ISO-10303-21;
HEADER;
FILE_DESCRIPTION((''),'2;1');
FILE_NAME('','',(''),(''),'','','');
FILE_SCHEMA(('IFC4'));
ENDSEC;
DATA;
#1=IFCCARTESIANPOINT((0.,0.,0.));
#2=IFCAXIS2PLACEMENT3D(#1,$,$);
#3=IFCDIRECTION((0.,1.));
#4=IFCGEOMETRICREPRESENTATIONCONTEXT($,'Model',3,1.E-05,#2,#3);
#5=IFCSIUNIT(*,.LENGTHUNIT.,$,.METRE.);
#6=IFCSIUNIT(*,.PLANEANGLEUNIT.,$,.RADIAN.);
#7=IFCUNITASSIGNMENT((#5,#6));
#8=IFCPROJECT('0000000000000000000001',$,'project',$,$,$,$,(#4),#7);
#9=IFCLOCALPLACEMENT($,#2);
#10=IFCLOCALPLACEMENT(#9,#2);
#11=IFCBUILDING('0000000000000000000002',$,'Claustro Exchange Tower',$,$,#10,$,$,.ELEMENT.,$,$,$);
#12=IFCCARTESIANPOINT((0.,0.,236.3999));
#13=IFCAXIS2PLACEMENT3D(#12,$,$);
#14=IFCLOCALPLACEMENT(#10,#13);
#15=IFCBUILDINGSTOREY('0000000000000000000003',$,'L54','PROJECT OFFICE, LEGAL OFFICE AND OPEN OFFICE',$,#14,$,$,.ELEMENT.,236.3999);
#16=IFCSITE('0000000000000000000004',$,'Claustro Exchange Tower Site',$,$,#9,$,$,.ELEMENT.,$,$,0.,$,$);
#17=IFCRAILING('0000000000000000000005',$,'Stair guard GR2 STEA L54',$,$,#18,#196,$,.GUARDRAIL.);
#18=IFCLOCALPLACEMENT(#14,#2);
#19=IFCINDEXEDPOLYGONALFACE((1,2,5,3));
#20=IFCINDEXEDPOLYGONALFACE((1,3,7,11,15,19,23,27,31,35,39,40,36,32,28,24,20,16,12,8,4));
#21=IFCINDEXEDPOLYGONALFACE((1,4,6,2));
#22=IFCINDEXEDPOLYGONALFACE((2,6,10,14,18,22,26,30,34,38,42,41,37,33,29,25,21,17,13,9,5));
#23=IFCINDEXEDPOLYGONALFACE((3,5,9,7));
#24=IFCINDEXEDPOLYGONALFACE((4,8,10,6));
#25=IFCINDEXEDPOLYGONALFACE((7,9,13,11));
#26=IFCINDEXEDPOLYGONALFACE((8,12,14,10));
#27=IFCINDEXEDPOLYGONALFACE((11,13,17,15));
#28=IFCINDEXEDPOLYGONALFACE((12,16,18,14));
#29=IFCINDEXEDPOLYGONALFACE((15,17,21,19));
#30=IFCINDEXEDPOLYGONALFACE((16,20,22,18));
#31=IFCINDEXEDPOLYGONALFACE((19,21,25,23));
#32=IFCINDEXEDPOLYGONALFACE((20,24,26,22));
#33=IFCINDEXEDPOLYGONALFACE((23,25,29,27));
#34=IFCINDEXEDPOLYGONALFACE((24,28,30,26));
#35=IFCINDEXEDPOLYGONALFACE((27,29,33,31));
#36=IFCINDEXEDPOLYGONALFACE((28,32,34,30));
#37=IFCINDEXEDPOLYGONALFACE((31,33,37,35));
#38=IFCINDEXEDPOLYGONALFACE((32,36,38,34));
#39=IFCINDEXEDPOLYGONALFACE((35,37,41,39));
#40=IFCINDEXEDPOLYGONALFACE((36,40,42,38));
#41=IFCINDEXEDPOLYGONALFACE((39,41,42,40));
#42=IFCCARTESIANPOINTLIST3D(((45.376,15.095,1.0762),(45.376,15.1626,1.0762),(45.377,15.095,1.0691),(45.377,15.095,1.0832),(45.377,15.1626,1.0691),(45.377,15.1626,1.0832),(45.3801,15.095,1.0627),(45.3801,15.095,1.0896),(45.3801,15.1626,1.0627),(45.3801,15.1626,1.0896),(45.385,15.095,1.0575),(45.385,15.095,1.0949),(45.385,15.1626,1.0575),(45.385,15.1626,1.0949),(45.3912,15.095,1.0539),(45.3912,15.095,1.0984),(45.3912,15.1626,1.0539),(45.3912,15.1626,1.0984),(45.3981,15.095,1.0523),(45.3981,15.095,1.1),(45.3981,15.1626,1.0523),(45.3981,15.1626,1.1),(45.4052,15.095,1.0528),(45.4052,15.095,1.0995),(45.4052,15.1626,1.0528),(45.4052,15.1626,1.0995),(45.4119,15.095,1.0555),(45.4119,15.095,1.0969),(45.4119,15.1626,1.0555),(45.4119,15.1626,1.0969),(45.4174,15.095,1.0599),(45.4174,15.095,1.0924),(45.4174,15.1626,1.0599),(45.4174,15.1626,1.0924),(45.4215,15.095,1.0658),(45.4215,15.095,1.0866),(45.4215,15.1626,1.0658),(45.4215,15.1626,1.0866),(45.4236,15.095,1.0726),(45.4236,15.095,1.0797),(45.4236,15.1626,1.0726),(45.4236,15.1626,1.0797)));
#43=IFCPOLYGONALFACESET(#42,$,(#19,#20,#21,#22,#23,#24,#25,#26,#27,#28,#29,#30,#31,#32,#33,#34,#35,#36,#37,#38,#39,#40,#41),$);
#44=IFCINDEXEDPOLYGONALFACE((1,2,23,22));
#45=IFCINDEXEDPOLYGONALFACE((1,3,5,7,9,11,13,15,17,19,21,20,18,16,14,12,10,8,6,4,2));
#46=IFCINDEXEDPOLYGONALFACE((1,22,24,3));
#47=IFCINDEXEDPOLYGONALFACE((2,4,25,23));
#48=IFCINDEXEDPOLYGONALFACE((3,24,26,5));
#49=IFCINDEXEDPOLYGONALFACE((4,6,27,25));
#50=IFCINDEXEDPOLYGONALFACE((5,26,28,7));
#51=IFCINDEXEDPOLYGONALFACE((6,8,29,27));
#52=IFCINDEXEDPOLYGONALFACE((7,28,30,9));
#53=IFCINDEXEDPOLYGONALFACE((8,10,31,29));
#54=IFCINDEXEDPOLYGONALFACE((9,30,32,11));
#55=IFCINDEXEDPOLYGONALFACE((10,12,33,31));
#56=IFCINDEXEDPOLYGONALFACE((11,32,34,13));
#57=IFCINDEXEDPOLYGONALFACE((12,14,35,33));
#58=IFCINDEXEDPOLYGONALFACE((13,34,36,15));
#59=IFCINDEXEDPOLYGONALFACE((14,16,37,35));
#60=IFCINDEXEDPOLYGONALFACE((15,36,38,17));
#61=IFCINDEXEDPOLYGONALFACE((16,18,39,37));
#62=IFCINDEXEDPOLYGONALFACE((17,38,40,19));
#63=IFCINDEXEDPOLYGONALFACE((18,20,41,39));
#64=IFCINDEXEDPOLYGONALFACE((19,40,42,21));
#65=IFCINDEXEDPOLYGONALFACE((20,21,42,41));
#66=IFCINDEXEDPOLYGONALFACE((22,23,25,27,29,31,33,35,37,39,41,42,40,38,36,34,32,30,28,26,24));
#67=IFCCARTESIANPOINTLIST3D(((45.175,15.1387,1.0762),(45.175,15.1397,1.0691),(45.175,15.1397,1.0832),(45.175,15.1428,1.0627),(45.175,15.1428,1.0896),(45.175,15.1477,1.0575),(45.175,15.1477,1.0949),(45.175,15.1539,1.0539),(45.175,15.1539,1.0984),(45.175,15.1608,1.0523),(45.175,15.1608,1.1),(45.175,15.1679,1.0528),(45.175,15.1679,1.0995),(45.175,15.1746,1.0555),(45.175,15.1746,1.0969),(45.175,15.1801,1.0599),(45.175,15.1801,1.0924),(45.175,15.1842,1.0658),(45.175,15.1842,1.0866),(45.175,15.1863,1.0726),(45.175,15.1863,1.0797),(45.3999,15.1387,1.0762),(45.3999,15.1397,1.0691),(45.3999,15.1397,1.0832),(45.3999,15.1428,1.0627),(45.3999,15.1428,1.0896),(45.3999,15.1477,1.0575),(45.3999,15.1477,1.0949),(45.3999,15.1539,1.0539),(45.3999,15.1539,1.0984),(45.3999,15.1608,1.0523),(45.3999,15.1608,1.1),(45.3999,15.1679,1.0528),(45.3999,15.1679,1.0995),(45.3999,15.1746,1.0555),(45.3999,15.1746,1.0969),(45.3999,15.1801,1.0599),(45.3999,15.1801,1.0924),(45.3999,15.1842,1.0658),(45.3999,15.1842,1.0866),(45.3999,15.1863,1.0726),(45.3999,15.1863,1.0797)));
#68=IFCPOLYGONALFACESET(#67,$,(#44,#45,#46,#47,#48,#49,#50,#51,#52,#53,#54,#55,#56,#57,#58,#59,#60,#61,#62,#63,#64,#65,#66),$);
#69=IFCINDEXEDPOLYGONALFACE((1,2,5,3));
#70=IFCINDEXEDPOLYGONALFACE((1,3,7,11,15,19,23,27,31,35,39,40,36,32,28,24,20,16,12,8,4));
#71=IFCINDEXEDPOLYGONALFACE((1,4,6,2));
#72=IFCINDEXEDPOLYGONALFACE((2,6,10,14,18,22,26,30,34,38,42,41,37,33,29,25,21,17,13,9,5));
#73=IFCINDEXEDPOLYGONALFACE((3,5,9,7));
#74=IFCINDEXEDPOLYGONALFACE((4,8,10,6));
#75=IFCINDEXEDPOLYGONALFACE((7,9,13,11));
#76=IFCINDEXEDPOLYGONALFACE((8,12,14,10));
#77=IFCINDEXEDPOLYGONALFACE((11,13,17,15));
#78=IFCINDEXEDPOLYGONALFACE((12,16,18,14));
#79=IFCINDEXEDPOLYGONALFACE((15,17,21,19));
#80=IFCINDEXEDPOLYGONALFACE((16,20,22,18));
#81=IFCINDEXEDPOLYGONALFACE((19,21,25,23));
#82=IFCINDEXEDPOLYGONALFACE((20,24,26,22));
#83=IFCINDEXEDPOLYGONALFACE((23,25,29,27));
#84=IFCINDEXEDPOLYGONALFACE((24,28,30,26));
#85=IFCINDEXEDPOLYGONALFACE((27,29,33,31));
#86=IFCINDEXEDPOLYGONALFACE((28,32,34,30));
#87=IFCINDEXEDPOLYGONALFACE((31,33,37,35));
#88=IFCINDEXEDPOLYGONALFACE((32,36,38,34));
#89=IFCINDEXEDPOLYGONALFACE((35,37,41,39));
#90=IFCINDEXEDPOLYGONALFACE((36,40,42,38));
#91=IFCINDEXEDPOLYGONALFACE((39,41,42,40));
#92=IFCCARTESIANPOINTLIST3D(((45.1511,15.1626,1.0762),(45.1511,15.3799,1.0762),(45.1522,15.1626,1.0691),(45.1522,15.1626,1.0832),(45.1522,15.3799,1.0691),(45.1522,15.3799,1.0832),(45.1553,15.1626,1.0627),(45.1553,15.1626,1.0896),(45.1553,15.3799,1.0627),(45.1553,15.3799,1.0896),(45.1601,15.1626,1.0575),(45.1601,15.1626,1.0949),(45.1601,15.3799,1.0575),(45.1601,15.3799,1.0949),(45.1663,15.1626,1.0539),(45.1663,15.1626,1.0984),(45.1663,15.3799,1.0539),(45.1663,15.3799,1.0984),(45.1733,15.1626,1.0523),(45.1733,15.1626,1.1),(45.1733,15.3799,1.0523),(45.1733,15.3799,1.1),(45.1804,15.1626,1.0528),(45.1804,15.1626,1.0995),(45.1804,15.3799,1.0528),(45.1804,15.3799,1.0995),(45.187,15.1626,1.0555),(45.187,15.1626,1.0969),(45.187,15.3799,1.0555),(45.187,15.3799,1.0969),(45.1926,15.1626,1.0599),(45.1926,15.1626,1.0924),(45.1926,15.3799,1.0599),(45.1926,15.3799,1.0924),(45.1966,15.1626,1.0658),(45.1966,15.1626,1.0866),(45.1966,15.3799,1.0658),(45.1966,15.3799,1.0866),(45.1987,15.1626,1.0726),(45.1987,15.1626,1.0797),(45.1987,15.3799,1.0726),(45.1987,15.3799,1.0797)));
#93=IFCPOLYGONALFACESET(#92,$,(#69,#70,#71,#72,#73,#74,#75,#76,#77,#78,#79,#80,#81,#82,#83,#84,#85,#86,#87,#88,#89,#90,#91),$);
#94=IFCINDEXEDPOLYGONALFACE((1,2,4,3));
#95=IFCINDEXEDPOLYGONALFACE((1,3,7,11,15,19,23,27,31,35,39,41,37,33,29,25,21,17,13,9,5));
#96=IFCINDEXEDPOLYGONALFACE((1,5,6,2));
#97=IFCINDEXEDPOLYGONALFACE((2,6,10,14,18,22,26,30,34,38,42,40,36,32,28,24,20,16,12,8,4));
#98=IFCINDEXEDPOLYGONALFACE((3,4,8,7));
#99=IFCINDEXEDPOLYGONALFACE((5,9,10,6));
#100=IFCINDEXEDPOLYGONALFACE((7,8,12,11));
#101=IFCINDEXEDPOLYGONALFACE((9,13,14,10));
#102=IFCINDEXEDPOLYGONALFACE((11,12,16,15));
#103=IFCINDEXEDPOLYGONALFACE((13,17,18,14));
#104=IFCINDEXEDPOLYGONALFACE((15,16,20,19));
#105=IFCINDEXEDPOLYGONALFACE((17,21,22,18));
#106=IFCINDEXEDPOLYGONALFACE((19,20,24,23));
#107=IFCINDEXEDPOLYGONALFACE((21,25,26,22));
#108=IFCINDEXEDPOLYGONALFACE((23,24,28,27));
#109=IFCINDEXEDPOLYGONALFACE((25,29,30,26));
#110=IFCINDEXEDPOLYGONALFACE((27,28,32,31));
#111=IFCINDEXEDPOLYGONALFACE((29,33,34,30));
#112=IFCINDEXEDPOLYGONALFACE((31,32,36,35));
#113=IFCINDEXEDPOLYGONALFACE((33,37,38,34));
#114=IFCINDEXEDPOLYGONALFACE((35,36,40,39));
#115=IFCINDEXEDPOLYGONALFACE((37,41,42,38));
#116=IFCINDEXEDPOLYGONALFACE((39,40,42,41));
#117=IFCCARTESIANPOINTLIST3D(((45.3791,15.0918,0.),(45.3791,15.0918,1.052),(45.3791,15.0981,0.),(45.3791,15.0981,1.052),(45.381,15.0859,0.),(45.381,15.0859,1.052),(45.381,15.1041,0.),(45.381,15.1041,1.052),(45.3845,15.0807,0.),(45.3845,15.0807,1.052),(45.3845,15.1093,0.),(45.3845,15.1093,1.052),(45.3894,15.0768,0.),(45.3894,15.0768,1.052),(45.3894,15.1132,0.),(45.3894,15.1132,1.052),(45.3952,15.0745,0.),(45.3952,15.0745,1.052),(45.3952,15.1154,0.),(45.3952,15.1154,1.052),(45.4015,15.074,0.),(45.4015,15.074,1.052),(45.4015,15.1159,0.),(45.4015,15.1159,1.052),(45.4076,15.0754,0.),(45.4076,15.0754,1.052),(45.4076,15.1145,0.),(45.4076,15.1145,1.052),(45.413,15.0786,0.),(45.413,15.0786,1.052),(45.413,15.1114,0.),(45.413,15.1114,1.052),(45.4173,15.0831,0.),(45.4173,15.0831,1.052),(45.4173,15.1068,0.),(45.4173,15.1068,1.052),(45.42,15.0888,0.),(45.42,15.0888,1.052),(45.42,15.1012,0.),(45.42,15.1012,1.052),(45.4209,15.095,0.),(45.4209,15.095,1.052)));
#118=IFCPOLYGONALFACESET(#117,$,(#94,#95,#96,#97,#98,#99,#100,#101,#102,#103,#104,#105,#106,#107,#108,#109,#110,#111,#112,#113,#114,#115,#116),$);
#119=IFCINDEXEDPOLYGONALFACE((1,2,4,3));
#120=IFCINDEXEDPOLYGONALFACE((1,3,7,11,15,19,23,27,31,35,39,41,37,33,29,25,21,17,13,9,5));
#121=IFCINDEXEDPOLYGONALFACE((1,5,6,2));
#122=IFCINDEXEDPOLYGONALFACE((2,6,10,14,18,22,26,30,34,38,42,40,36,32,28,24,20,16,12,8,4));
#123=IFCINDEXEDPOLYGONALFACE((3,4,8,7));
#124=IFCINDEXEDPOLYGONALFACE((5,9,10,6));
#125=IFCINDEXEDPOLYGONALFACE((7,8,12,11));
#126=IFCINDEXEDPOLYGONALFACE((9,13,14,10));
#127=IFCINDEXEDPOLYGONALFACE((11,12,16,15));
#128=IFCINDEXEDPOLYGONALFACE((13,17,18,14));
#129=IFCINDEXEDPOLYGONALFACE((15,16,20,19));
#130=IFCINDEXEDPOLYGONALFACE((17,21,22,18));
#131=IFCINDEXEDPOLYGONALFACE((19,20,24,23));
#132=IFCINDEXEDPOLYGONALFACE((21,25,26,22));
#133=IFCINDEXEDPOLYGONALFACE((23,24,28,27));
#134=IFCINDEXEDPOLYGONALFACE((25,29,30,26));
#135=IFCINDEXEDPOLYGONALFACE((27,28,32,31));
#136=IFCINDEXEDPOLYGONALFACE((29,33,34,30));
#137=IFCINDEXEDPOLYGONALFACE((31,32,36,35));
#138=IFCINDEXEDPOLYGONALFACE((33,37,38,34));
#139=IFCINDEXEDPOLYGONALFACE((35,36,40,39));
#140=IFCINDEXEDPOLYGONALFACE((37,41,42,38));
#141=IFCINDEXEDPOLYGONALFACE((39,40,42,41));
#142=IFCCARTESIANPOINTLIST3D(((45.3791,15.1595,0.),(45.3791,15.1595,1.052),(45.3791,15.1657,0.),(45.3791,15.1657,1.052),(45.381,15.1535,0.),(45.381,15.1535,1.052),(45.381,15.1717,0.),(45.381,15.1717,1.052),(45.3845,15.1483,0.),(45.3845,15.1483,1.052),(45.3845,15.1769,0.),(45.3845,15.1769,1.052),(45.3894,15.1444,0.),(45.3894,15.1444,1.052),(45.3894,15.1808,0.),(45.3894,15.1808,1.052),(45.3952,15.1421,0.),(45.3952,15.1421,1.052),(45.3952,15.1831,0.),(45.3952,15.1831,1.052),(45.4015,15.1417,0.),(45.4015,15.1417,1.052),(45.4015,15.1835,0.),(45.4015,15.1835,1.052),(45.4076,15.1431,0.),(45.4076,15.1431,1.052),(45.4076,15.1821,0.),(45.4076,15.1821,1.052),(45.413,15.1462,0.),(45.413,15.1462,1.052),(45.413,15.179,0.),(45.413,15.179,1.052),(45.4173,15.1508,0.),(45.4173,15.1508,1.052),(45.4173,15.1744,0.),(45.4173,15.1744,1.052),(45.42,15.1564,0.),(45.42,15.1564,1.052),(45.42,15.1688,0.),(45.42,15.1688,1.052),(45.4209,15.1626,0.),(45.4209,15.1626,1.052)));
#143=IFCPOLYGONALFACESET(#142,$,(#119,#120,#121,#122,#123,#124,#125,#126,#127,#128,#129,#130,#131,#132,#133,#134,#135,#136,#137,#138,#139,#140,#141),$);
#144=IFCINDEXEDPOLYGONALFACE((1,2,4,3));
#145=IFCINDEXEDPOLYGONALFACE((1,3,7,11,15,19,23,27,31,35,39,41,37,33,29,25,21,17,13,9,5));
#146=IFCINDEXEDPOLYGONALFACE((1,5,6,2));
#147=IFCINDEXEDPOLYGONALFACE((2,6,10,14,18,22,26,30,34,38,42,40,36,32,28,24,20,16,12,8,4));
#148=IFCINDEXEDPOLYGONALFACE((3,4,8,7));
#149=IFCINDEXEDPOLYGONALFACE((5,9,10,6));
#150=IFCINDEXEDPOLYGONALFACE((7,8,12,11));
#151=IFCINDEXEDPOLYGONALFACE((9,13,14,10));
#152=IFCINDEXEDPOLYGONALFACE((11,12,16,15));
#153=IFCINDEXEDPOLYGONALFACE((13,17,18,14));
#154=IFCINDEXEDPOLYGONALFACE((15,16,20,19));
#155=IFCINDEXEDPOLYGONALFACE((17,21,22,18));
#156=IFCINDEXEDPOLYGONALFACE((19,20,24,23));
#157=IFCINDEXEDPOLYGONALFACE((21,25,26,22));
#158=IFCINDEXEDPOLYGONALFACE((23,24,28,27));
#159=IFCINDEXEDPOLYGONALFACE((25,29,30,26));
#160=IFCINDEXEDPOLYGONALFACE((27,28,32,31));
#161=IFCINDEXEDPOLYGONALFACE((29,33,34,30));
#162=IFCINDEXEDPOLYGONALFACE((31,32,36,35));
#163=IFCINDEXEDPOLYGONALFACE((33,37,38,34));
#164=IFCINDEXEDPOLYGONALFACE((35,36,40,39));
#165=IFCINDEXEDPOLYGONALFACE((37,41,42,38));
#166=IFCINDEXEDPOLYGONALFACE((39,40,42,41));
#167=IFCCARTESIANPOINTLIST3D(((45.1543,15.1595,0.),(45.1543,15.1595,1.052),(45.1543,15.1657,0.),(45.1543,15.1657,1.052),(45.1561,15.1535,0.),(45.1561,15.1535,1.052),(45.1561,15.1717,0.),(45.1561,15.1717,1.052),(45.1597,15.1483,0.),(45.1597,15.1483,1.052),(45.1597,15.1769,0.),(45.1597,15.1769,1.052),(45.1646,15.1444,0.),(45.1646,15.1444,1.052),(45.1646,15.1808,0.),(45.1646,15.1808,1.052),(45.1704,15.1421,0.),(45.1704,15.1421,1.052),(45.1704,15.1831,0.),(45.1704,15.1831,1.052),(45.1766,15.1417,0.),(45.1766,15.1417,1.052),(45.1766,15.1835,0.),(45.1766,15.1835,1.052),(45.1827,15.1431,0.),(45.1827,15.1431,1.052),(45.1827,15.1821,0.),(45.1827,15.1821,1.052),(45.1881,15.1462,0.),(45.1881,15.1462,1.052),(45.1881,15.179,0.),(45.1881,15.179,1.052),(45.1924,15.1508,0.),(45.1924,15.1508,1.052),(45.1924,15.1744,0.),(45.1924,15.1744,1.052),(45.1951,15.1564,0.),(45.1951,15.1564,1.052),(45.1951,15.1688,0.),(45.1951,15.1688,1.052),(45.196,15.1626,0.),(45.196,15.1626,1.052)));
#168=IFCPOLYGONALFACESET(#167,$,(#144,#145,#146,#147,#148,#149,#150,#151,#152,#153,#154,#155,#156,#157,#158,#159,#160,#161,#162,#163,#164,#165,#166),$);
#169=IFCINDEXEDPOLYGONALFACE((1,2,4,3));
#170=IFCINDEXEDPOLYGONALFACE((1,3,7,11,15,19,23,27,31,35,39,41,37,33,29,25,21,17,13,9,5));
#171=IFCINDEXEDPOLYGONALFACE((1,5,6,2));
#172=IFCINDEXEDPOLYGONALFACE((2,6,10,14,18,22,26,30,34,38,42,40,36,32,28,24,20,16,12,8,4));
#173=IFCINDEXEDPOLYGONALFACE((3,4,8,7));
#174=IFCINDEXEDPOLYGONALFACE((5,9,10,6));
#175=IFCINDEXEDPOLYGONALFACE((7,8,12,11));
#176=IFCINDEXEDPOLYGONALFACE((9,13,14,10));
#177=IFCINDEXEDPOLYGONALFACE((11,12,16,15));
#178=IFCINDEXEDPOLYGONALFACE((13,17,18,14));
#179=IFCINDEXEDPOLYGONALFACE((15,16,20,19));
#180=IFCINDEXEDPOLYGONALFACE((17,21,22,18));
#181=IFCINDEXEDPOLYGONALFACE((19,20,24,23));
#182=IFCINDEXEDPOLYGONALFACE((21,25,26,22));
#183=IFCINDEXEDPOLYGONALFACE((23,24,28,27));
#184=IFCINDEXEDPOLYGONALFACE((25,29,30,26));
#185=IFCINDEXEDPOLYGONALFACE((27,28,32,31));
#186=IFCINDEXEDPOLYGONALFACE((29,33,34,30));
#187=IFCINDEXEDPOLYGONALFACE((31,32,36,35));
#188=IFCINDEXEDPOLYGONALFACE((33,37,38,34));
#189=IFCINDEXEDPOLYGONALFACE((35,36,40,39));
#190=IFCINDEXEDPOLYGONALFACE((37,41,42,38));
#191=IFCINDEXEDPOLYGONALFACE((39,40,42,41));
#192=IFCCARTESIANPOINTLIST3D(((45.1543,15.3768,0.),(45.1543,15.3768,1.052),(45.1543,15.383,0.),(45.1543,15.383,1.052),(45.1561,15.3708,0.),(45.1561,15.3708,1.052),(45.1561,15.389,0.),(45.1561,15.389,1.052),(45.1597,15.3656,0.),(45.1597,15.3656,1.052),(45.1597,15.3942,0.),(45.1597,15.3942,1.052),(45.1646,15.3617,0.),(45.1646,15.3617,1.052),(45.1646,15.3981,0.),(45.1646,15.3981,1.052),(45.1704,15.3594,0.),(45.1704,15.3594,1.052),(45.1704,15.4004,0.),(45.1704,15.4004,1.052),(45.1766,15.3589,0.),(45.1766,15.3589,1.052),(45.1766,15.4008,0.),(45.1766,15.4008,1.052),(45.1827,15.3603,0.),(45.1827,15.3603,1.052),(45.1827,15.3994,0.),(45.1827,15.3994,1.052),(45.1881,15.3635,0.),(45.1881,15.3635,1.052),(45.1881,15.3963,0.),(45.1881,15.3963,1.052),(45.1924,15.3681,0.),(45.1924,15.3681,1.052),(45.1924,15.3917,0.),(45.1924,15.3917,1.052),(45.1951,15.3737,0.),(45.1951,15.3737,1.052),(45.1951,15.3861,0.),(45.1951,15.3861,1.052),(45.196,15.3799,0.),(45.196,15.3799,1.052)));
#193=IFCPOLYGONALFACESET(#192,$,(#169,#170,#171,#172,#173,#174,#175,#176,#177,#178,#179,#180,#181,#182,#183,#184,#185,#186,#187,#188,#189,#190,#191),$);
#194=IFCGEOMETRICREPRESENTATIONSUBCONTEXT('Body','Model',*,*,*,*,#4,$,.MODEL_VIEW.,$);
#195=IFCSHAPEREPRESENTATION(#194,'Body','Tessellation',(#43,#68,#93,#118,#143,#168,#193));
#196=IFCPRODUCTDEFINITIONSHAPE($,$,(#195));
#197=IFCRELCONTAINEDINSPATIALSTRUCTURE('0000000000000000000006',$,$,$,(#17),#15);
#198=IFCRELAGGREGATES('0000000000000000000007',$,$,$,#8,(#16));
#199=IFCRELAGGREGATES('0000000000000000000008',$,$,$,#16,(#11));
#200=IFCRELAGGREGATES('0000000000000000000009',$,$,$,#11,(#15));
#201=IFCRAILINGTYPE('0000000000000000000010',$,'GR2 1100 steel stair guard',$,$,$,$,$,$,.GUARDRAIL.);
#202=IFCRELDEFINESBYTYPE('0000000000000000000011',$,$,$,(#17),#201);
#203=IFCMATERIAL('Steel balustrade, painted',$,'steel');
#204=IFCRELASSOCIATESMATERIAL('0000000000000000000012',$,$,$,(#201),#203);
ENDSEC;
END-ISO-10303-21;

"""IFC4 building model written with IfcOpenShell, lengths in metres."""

from ifc_helpers import new_model, si_unit, direction, frame, origin, origin_2d, place, context, subcontext, project, spatial, circle, extrude, material, type_object, element, save


model = new_model("IFC4")

# Units and contexts
model_context = context("Model", 3, precision=1e-05, world=origin(), true_north=direction((0.0, 1.0)))
body_context = subcontext(model_context, "Body", "Model", "MODEL_VIEW")
ifc_project = project(units=[si_unit("LENGTHUNIT", "METRE"), si_unit("PLANEANGLEUNIT", "RADIAN")], contexts=[model_context])

# Site, building, storey
site_placement = place(None, origin())
site = spatial("IfcSite", under=ifc_project, at=site_placement, Name="Claustro Exchange Tower Site", CompositionType="ELEMENT", RefElevation=0.0)
building_placement = place(site_placement, origin())
building = spatial("IfcBuilding", under=site, at=building_placement, Name="Claustro Exchange Tower", CompositionType="ELEMENT")
storey_placement = place(building_placement, frame((0.0, 0.0, 236.3999)))
storey = spatial("IfcBuildingStorey", under=building, at=storey_placement, Name="L54", Description="PROJECT OFFICE, LEGAL OFFICE AND OPEN OFFICE", CompositionType="ELEMENT", Elevation=236.3999)

# Railing
ifc_material_1 = material(Name="Steel balustrade, painted", Category="steel")
railing_type_1 = type_object("IfcRailingType", Name="GR2 1100 steel stair guard", PredefinedType="GUARDRAIL", material=ifc_material_1)
railing_1_placement = place(storey_placement, frame((45.3999, 15.095, 0.0)))
element("IfcRailing", 1, at=railing_1_placement, inside=storey, type_object=railing_type_1, Name="Stair guard GR2 STEA L54", PredefinedType="GUARDRAIL", context=body_context, shape_type="SweptSolid", body=[
    extrude(circle(Radius=0.0239, at=origin_2d()), frame((0.0, 0.0, 1.0762), z_axis=(0.0, 1.0, 0.0), x_axis=(-1.0, 0.0, 0.0)), (0.0, 0.0, 1.0), 0.0676),
    extrude(circle(Radius=0.0239, at=origin_2d()), frame((0.0, 0.0676, 1.0762), z_axis=(-1.0, 0.0, 0.0), x_axis=(0.0, -1.0, 0.0)), (0.0, 0.0, 1.0), 0.2249),
    extrude(circle(Radius=0.0239, at=origin_2d()), frame((-0.2249, 0.0676, 1.0762), z_axis=(0.0, 1.0, 0.0), x_axis=(-1.0, 0.0, 0.0)), (0.0, 0.0, 1.0), 0.2173),
    extrude(circle(Radius=0.021, at=origin_2d()), origin(), (0.0, 0.0, 1.0), 1.052),
    extrude(circle(Radius=0.021, at=origin_2d()), frame((0.0, 0.0676, 0.0)), (0.0, 0.0, 1.0), 1.052),
    extrude(circle(Radius=0.021, at=origin_2d()), frame((-0.2249, 0.0676, 0.0)), (0.0, 0.0, 1.0), 1.052),
    extrude(circle(Radius=0.021, at=origin_2d()), frame((-0.2249, 0.2849, 0.0)), (0.0, 0.0, 1.0), 1.052),
])

save(model, "model.ifc")
